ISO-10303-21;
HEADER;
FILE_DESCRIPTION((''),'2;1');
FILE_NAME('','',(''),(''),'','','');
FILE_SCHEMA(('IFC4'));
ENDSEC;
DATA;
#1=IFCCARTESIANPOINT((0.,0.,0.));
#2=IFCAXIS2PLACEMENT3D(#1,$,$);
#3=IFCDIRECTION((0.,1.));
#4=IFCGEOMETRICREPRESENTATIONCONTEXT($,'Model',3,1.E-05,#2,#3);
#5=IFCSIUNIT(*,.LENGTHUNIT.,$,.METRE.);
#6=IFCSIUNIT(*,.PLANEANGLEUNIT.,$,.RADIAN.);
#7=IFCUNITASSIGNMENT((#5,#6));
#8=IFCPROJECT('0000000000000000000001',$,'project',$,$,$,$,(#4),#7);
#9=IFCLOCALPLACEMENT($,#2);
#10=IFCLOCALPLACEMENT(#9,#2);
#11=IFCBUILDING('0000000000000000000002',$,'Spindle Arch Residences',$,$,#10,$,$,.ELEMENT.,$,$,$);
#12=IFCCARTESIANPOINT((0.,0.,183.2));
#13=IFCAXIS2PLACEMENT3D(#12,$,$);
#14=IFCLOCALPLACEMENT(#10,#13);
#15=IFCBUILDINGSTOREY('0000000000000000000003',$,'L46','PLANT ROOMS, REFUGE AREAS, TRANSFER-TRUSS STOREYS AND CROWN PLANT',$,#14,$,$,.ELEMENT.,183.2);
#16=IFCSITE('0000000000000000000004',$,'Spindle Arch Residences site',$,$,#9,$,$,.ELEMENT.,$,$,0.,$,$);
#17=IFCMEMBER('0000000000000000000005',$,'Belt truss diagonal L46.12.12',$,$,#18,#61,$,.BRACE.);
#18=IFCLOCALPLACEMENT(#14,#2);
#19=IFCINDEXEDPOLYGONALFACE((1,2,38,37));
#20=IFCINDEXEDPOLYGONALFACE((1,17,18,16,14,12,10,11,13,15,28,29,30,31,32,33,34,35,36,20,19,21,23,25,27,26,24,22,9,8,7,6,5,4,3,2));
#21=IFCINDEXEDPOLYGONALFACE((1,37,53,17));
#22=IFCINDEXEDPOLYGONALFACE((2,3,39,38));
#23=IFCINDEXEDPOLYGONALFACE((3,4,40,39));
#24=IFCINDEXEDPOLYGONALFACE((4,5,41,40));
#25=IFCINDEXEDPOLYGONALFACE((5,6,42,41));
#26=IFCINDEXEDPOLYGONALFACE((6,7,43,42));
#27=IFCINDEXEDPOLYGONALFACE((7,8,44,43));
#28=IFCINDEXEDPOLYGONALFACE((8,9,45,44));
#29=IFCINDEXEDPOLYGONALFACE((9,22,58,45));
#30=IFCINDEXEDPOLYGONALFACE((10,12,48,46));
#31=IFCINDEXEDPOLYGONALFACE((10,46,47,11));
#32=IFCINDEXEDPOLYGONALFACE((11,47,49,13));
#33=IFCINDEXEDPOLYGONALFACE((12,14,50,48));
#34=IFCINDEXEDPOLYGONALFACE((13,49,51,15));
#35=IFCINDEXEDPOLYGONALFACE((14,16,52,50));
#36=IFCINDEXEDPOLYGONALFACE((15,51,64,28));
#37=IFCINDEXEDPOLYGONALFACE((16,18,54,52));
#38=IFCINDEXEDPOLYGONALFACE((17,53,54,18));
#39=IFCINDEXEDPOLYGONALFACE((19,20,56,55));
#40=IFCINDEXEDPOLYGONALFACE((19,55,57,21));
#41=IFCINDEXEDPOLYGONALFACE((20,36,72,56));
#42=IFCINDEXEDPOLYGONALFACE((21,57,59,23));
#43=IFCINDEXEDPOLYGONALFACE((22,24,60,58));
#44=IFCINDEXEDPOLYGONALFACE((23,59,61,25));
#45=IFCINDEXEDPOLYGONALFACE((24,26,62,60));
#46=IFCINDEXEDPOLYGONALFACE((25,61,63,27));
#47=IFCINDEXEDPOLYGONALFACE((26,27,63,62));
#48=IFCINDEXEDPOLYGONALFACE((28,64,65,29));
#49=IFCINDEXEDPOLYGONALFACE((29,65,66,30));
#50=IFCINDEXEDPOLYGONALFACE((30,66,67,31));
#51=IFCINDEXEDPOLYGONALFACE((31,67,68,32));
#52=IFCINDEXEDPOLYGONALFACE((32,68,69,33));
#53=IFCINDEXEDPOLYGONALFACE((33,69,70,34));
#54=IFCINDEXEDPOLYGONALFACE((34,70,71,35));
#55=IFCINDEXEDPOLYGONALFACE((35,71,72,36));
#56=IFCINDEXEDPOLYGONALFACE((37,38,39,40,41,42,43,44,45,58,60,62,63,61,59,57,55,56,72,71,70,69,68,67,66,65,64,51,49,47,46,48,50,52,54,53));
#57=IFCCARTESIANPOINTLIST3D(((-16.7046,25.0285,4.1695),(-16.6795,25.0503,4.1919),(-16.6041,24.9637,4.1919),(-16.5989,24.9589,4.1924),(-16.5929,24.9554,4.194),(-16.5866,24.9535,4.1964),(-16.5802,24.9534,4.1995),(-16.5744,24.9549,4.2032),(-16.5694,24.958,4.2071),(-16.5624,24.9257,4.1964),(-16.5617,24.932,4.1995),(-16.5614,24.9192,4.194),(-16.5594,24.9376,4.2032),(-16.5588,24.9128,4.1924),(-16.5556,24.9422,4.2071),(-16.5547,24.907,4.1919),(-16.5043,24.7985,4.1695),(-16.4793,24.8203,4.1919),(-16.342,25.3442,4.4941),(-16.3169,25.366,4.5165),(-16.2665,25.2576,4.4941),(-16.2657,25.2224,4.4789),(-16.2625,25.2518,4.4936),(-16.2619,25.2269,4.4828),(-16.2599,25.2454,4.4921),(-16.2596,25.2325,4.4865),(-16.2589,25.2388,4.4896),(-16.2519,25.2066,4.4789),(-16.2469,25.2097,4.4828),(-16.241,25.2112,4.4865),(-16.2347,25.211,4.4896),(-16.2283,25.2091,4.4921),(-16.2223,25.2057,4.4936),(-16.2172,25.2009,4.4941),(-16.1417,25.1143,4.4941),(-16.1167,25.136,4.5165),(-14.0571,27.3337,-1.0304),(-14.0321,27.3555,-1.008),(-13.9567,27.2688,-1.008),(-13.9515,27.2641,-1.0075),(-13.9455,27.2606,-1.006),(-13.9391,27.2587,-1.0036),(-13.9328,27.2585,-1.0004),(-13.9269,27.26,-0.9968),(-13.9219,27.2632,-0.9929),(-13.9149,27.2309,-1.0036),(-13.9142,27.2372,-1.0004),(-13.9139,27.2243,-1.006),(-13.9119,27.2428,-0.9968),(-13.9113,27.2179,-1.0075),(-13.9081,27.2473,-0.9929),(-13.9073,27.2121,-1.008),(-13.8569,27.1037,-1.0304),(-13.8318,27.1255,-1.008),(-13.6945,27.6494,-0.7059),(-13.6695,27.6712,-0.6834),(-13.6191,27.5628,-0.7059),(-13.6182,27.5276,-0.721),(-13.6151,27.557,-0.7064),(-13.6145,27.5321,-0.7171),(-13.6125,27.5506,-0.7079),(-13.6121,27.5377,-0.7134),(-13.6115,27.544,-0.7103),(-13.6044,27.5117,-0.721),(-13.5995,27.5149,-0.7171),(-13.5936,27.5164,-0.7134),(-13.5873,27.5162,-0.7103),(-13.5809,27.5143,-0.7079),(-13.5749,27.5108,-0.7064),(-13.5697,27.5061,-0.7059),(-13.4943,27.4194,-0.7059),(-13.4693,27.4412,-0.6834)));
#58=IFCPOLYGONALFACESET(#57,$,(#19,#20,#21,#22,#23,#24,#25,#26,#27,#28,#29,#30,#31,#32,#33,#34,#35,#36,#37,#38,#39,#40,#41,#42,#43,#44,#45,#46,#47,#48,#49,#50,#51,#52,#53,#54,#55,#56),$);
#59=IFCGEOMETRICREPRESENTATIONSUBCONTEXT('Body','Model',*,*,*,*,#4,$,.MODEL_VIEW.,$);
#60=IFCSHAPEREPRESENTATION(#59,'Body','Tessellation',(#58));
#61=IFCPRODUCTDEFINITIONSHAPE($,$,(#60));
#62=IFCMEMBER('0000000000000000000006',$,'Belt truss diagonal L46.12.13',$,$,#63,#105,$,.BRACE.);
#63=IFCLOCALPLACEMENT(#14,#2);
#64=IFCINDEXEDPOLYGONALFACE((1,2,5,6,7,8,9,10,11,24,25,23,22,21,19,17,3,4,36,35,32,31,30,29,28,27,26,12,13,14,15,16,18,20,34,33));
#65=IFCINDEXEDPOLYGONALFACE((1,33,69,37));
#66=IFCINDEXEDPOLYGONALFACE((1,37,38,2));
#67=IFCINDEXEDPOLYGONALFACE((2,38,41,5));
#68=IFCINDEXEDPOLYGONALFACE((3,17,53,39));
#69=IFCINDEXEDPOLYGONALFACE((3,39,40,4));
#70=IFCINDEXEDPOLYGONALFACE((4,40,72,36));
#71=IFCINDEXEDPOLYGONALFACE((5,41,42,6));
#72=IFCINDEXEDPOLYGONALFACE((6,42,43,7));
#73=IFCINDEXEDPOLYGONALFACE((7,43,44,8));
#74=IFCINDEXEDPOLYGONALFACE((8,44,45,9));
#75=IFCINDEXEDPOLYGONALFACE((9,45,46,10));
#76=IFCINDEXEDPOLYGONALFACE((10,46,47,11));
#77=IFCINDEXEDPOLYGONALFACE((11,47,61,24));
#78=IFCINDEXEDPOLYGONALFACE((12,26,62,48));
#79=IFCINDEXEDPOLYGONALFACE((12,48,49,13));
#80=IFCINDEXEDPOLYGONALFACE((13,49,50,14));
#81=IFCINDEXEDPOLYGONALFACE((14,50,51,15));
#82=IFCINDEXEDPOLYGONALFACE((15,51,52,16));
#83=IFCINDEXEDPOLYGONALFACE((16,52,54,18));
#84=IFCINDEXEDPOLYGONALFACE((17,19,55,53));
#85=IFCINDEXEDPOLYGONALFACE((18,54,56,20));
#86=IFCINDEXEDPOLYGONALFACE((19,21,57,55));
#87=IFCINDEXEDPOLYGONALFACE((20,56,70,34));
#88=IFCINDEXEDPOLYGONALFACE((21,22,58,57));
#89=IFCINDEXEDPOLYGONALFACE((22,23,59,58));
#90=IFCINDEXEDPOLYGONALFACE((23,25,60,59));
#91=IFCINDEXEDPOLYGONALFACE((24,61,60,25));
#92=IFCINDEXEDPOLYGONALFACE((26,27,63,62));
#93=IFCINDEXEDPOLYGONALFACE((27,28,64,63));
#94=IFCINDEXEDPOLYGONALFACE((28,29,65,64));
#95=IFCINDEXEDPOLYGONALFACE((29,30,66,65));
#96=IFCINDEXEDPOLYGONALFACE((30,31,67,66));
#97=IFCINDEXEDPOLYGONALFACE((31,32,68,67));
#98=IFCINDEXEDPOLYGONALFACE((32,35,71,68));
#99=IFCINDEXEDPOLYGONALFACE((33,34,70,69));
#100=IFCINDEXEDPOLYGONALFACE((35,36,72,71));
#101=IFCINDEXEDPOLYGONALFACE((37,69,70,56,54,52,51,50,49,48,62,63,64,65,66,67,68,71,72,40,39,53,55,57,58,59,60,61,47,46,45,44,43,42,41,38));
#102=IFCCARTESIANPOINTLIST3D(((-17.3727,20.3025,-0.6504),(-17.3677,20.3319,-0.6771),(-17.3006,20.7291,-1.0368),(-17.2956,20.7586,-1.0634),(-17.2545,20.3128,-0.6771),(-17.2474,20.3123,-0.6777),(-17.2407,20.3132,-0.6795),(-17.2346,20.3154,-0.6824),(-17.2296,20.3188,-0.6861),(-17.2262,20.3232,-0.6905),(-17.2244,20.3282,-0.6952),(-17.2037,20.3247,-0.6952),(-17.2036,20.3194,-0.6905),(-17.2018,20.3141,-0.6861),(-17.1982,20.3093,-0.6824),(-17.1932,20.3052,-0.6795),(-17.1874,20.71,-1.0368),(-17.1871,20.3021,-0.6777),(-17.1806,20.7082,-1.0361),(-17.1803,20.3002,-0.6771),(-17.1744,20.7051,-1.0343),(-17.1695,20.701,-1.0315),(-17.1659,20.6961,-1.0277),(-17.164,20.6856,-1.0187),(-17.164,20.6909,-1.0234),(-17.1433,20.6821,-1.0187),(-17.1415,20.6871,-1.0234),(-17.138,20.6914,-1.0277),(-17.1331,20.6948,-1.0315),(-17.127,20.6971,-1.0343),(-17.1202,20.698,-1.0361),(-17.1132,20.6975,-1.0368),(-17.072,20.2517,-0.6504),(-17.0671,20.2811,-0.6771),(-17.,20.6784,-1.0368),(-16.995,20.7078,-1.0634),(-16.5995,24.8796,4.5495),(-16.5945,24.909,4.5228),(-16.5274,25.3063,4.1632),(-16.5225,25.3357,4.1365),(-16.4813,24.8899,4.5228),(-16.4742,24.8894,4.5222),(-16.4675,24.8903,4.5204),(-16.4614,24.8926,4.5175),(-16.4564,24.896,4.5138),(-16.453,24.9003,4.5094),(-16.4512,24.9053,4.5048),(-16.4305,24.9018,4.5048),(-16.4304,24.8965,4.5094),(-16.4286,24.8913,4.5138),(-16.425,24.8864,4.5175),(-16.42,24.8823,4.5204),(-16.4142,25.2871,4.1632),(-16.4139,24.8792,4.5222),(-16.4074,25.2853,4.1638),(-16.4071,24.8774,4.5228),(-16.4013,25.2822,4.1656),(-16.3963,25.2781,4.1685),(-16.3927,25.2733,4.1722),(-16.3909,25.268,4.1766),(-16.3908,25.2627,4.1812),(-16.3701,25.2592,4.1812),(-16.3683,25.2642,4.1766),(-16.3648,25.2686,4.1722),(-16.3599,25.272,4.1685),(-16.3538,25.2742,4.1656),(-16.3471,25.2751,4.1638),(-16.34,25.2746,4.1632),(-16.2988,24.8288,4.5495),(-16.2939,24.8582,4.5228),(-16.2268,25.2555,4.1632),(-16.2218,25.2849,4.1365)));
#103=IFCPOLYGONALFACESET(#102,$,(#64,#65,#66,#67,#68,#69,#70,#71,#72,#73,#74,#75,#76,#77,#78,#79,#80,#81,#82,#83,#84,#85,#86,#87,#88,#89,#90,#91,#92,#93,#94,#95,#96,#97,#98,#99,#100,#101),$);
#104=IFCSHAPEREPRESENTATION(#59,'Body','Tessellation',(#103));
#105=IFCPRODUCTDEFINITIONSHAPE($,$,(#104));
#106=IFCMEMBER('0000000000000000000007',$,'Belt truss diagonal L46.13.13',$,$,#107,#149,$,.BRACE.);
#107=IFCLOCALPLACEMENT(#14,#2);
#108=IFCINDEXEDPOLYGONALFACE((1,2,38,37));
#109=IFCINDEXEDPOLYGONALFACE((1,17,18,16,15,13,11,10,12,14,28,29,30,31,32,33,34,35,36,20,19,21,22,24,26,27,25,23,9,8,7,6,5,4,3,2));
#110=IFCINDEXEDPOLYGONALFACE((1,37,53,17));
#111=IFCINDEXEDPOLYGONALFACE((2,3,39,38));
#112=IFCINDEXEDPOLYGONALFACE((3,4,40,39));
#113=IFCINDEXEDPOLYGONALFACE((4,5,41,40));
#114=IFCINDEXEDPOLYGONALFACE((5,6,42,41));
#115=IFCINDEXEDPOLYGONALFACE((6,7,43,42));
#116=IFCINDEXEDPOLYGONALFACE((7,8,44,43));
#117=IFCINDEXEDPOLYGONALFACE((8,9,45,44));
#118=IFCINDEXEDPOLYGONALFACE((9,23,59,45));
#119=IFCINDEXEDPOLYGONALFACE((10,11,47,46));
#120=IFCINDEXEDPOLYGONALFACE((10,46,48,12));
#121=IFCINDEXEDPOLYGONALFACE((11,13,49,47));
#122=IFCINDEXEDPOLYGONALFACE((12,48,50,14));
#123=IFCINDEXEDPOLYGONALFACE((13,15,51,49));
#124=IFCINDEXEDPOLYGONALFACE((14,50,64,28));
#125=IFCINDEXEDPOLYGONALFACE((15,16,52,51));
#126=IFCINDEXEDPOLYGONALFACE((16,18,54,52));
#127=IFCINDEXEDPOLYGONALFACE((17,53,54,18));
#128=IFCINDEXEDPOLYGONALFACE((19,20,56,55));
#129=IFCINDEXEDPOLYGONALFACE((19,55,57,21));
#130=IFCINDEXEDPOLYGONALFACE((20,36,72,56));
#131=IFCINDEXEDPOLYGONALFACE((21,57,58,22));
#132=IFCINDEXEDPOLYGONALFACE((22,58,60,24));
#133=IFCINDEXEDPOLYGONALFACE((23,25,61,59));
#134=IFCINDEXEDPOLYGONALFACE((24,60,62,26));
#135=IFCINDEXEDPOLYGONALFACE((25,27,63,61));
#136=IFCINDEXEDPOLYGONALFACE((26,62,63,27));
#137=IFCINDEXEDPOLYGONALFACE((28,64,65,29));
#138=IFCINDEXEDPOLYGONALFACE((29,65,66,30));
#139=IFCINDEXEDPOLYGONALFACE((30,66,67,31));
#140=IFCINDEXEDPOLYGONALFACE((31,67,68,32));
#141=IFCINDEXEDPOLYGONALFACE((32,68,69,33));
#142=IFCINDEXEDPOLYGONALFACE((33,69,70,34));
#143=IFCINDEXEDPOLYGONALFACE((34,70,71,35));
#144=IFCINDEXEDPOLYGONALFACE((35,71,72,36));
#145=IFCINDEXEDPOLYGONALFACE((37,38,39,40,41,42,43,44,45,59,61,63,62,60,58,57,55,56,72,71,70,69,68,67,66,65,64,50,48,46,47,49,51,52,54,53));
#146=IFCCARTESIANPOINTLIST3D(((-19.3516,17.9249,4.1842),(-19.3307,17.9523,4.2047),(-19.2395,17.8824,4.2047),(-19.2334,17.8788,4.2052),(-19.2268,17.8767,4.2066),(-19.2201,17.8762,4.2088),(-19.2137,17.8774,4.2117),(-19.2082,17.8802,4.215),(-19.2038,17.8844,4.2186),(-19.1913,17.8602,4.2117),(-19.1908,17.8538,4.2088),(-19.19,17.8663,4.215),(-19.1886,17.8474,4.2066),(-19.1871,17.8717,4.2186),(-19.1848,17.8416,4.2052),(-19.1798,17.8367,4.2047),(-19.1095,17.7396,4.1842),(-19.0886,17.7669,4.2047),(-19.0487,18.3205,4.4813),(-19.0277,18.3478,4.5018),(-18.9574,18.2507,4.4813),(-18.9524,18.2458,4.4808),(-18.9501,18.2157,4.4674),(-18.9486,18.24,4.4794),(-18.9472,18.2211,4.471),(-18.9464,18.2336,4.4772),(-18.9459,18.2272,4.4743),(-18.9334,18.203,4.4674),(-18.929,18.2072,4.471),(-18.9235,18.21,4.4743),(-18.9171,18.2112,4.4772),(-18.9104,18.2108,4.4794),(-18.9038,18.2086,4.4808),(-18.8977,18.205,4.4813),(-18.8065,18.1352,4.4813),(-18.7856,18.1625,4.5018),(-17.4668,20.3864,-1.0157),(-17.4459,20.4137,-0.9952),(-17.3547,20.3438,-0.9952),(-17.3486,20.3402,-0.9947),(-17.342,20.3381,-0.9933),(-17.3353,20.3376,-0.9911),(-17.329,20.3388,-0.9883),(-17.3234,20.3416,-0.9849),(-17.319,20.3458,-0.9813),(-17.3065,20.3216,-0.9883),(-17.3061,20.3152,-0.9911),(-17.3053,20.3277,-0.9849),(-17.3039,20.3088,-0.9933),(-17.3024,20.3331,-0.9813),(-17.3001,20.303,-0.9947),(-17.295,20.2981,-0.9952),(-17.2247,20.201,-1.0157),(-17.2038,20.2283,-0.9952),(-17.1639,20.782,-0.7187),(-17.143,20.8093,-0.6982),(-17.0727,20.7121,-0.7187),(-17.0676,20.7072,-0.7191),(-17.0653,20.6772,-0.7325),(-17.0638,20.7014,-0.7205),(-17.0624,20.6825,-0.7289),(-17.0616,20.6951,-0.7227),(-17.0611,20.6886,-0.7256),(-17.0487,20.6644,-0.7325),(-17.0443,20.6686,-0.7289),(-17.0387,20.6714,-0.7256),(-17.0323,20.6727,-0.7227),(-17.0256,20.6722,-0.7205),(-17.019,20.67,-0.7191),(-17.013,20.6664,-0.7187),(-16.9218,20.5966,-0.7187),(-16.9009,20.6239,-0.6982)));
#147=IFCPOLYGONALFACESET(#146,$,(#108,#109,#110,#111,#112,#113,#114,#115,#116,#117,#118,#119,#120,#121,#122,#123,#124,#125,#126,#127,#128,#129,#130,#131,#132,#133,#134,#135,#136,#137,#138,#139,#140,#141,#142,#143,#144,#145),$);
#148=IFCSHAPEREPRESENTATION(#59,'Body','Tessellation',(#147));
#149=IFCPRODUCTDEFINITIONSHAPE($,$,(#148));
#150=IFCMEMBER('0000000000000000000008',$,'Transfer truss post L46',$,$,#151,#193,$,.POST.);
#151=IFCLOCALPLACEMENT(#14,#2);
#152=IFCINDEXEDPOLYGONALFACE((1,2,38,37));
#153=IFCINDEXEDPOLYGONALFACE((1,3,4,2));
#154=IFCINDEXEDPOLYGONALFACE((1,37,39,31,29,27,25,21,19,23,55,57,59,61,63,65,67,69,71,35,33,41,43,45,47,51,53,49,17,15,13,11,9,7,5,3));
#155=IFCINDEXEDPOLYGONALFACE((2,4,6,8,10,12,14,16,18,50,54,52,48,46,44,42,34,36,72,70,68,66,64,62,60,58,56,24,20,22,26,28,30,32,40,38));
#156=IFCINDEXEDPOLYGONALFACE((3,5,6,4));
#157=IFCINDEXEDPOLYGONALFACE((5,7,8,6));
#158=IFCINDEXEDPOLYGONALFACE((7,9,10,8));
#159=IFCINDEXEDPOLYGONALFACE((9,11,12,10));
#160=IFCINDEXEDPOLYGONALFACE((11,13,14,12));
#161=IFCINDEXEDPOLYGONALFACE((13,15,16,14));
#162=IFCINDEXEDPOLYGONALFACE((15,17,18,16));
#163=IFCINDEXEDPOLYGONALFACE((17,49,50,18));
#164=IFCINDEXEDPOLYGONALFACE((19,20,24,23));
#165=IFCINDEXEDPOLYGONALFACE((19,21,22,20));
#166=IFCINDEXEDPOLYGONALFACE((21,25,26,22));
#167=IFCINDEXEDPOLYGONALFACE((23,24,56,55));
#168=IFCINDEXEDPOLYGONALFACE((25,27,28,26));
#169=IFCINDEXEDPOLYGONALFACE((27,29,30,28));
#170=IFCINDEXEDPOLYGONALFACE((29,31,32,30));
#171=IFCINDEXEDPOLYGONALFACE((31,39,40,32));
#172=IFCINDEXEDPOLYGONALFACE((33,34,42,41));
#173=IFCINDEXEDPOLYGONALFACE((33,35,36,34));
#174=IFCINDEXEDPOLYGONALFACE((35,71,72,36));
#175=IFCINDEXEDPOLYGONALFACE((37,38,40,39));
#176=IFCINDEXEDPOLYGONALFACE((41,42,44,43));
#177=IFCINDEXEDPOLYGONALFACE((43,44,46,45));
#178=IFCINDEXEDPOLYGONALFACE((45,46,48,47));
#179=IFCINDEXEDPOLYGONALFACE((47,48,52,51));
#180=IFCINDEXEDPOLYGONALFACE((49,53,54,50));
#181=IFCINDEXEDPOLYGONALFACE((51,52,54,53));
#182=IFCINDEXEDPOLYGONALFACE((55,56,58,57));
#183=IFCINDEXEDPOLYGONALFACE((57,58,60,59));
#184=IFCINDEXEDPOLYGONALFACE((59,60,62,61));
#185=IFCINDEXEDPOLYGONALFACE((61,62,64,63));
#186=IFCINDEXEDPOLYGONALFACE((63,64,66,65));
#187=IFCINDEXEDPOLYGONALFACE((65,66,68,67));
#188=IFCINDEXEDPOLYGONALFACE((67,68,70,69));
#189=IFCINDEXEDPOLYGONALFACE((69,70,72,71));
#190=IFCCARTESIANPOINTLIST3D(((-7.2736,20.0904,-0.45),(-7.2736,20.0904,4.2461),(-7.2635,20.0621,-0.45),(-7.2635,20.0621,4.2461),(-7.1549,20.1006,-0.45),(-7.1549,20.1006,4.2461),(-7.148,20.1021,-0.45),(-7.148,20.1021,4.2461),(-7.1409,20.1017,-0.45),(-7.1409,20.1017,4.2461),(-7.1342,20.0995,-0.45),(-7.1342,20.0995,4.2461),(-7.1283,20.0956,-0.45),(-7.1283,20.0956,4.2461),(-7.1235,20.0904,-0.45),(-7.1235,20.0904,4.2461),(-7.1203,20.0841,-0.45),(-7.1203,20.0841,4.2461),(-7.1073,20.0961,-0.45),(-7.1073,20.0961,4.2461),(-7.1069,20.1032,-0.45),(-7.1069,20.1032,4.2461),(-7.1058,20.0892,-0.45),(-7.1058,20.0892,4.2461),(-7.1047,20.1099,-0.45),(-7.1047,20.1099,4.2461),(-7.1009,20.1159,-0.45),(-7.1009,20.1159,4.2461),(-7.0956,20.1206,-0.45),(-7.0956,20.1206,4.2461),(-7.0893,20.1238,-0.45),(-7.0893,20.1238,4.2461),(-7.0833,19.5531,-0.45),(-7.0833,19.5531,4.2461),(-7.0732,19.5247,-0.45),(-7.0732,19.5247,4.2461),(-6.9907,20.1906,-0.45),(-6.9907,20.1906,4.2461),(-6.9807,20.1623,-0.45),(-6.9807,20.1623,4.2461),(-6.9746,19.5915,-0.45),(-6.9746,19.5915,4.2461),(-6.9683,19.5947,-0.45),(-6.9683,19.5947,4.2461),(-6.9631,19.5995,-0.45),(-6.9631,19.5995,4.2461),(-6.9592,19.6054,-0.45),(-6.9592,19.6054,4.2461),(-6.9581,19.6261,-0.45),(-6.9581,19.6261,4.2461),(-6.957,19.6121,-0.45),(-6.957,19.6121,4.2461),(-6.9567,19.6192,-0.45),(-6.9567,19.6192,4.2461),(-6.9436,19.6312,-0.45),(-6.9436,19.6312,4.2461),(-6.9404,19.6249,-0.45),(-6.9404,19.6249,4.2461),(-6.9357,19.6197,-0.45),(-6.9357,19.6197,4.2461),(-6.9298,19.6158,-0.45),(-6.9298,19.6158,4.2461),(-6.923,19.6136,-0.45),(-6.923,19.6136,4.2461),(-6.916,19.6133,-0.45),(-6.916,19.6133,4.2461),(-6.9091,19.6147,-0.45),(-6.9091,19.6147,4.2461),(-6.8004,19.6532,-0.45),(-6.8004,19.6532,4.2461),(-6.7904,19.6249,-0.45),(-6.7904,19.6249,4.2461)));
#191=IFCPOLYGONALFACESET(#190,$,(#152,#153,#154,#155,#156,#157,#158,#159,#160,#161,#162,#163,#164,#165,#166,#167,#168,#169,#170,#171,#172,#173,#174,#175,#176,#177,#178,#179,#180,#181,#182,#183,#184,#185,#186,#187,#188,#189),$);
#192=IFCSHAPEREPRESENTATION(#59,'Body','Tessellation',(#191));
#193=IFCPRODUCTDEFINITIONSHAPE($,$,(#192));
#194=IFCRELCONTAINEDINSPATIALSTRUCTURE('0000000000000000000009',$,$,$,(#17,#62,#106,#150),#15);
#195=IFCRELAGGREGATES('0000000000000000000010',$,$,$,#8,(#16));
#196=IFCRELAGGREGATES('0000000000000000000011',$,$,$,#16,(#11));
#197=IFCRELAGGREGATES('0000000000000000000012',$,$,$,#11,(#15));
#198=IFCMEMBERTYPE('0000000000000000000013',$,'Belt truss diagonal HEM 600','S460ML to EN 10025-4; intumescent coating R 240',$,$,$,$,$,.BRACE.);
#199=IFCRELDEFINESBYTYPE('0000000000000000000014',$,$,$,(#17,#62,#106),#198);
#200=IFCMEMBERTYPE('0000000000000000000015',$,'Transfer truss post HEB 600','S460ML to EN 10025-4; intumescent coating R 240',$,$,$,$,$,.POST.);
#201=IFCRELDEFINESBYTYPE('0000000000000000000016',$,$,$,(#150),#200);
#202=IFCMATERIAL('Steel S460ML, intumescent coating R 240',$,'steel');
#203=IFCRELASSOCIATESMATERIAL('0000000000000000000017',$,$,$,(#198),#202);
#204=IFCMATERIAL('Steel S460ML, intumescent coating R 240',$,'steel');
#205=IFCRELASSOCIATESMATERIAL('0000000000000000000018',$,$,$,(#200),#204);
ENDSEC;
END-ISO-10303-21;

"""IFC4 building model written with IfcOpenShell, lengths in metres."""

from ifc_helpers import new_model, si_unit, direction, frame, origin, origin_2d, place, context, subcontext, project, spatial, i_section, extrude, material, material_profile, profile_set, type_object, element, save


model = new_model("IFC4")

# Units and contexts
model_context = context("Model", 3, precision=1e-05, world=origin(), true_north=direction((0.0, 1.0)))
body_context = subcontext(model_context, "Body", "Model", "MODEL_VIEW")
ifc_project = project(units=[si_unit("LENGTHUNIT", "METRE"), si_unit("PLANEANGLEUNIT", "RADIAN")], contexts=[model_context])

# Site, building, storey
site_placement = place(None, origin())
site = spatial("IfcSite", under=ifc_project, at=site_placement, Name="Spindle Arch Residences site", CompositionType="ELEMENT", RefElevation=0.0)
building_placement = place(site_placement, origin())
building = spatial("IfcBuilding", under=site, at=building_placement, Name="Spindle Arch Residences", CompositionType="ELEMENT")
storey_placement = place(building_placement, frame((0.0, 0.0, 183.2)))
storey = spatial("IfcBuildingStorey", under=building, at=storey_placement, Name="L46", Description="PLANT ROOMS, REFUGE AREAS, TRANSFER-TRUSS STOREYS AND CROWN PLANT", CompositionType="ELEMENT", Elevation=183.2)

# Members
ifc_material_1 = material(Name="Steel S460ML, intumescent coating R 240", Category="steel")
ifc_material_profile_1 = material_profile(ifc_material_1, i_section(OverallWidth=0.3049, OverallDepth=0.6201, WebThickness=0.021, FlangeThickness=0.04, FilletRadius=0.0271, at=origin_2d()), Name="HEM 600")
ifc_profile_set_1 = profile_set([ifc_material_profile_1], Name="Steel S460ML, intumescent coating R 240")
member_type_1 = type_object("IfcMemberType", Name="Belt truss diagonal HEM 600", Description="S460ML to EN 10025-4; intumescent coating R 240", PredefinedType="BRACE", material=ifc_profile_set_1)
member_1_placement = place(storey_placement, frame((-13.7632, 27.3875, -0.8569), z_axis=(-0.421977, -0.367421, 0.828817), x_axis=(0.656671, -0.754177, 0.0)))
element("IfcMember", 1, at=member_1_placement, inside=storey, type_object=member_type_1, Name="Belt truss diagonal L46.12.12", PredefinedType="BRACE", context=body_context, shape_type="SweptSolid", body=[
    extrude(i_section(OverallWidth=0.3049, OverallDepth=0.6201, WebThickness=0.021, FlangeThickness=0.04, FilletRadius=0.0271, at=origin_2d()), origin(), (0.0, 0.0, 1.0), 6.2739),
])
member_2_placement = place(storey_placement, frame((-17.1838, 20.5051, -0.8569), z_axis=(0.110924, 0.656647, 0.745996), x_axis=(-0.98603, 0.166565, 0.0)))
element("IfcMember", 2, at=member_2_placement, inside=storey, type_object=member_type_1, Name="Belt truss diagonal L46.12.13", PredefinedType="BRACE", context=body_context, shape_type="SweptSolid", body=[
    extrude(i_section(OverallWidth=0.3049, OverallDepth=0.6201, WebThickness=0.021, FlangeThickness=0.04, FilletRadius=0.0271, at=origin_2d()), origin(), (0.0, 0.0, 1.0), 6.9705),
])
member_3_placement = place(storey_placement, frame((-17.1838, 20.5051, -0.8569), z_axis=(-0.311328, -0.406581, 0.858934), x_axis=(0.793969, -0.607959, 0.0)))
element("IfcMember", 3, at=member_3_placement, inside=storey, type_object=member_type_1, Name="Belt truss diagonal L46.13.13", PredefinedType="BRACE", context=body_context, shape_type="SweptSolid", body=[
    extrude(i_section(OverallWidth=0.3049, OverallDepth=0.6201, WebThickness=0.021, FlangeThickness=0.04, FilletRadius=0.0271, at=origin_2d()), origin(), (0.0, 0.0, 1.0), 6.054),
])
ifc_material_2 = material(Name="Steel S460ML, intumescent coating R 240", Category="steel")
ifc_material_profile_2 = material_profile(ifc_material_2, i_section(OverallWidth=0.3, OverallDepth=0.6001, WebThickness=0.0154, FlangeThickness=0.03, FilletRadius=0.0271, at=origin_2d()), Name="HEB 600")
ifc_profile_set_2 = profile_set([ifc_material_profile_2], Name="Steel S460ML, intumescent coating R 240")
member_type_2 = type_object("IfcMemberType", Name="Transfer truss post HEB 600", Description="S460ML to EN 10025-4; intumescent coating R 240", PredefinedType="POST", material=ifc_profile_set_2)
member_4_placement = place(storey_placement, frame((-7.032, 19.8577, -0.45), z_axis=(0.0, 0.0, 1.0), x_axis=(0.942642, 0.333805, 0.0)))
element("IfcMember", 4, at=member_4_placement, inside=storey, type_object=member_type_2, Name="Transfer truss post L46", PredefinedType="POST", context=body_context, shape_type="SweptSolid", body=[
    extrude(i_section(OverallWidth=0.3, OverallDepth=0.6001, WebThickness=0.0154, FlangeThickness=0.03, FilletRadius=0.0271, at=origin_2d()), origin(), (0.0, 0.0, 1.0), 4.696),
])

save(model, "model.ifc")
